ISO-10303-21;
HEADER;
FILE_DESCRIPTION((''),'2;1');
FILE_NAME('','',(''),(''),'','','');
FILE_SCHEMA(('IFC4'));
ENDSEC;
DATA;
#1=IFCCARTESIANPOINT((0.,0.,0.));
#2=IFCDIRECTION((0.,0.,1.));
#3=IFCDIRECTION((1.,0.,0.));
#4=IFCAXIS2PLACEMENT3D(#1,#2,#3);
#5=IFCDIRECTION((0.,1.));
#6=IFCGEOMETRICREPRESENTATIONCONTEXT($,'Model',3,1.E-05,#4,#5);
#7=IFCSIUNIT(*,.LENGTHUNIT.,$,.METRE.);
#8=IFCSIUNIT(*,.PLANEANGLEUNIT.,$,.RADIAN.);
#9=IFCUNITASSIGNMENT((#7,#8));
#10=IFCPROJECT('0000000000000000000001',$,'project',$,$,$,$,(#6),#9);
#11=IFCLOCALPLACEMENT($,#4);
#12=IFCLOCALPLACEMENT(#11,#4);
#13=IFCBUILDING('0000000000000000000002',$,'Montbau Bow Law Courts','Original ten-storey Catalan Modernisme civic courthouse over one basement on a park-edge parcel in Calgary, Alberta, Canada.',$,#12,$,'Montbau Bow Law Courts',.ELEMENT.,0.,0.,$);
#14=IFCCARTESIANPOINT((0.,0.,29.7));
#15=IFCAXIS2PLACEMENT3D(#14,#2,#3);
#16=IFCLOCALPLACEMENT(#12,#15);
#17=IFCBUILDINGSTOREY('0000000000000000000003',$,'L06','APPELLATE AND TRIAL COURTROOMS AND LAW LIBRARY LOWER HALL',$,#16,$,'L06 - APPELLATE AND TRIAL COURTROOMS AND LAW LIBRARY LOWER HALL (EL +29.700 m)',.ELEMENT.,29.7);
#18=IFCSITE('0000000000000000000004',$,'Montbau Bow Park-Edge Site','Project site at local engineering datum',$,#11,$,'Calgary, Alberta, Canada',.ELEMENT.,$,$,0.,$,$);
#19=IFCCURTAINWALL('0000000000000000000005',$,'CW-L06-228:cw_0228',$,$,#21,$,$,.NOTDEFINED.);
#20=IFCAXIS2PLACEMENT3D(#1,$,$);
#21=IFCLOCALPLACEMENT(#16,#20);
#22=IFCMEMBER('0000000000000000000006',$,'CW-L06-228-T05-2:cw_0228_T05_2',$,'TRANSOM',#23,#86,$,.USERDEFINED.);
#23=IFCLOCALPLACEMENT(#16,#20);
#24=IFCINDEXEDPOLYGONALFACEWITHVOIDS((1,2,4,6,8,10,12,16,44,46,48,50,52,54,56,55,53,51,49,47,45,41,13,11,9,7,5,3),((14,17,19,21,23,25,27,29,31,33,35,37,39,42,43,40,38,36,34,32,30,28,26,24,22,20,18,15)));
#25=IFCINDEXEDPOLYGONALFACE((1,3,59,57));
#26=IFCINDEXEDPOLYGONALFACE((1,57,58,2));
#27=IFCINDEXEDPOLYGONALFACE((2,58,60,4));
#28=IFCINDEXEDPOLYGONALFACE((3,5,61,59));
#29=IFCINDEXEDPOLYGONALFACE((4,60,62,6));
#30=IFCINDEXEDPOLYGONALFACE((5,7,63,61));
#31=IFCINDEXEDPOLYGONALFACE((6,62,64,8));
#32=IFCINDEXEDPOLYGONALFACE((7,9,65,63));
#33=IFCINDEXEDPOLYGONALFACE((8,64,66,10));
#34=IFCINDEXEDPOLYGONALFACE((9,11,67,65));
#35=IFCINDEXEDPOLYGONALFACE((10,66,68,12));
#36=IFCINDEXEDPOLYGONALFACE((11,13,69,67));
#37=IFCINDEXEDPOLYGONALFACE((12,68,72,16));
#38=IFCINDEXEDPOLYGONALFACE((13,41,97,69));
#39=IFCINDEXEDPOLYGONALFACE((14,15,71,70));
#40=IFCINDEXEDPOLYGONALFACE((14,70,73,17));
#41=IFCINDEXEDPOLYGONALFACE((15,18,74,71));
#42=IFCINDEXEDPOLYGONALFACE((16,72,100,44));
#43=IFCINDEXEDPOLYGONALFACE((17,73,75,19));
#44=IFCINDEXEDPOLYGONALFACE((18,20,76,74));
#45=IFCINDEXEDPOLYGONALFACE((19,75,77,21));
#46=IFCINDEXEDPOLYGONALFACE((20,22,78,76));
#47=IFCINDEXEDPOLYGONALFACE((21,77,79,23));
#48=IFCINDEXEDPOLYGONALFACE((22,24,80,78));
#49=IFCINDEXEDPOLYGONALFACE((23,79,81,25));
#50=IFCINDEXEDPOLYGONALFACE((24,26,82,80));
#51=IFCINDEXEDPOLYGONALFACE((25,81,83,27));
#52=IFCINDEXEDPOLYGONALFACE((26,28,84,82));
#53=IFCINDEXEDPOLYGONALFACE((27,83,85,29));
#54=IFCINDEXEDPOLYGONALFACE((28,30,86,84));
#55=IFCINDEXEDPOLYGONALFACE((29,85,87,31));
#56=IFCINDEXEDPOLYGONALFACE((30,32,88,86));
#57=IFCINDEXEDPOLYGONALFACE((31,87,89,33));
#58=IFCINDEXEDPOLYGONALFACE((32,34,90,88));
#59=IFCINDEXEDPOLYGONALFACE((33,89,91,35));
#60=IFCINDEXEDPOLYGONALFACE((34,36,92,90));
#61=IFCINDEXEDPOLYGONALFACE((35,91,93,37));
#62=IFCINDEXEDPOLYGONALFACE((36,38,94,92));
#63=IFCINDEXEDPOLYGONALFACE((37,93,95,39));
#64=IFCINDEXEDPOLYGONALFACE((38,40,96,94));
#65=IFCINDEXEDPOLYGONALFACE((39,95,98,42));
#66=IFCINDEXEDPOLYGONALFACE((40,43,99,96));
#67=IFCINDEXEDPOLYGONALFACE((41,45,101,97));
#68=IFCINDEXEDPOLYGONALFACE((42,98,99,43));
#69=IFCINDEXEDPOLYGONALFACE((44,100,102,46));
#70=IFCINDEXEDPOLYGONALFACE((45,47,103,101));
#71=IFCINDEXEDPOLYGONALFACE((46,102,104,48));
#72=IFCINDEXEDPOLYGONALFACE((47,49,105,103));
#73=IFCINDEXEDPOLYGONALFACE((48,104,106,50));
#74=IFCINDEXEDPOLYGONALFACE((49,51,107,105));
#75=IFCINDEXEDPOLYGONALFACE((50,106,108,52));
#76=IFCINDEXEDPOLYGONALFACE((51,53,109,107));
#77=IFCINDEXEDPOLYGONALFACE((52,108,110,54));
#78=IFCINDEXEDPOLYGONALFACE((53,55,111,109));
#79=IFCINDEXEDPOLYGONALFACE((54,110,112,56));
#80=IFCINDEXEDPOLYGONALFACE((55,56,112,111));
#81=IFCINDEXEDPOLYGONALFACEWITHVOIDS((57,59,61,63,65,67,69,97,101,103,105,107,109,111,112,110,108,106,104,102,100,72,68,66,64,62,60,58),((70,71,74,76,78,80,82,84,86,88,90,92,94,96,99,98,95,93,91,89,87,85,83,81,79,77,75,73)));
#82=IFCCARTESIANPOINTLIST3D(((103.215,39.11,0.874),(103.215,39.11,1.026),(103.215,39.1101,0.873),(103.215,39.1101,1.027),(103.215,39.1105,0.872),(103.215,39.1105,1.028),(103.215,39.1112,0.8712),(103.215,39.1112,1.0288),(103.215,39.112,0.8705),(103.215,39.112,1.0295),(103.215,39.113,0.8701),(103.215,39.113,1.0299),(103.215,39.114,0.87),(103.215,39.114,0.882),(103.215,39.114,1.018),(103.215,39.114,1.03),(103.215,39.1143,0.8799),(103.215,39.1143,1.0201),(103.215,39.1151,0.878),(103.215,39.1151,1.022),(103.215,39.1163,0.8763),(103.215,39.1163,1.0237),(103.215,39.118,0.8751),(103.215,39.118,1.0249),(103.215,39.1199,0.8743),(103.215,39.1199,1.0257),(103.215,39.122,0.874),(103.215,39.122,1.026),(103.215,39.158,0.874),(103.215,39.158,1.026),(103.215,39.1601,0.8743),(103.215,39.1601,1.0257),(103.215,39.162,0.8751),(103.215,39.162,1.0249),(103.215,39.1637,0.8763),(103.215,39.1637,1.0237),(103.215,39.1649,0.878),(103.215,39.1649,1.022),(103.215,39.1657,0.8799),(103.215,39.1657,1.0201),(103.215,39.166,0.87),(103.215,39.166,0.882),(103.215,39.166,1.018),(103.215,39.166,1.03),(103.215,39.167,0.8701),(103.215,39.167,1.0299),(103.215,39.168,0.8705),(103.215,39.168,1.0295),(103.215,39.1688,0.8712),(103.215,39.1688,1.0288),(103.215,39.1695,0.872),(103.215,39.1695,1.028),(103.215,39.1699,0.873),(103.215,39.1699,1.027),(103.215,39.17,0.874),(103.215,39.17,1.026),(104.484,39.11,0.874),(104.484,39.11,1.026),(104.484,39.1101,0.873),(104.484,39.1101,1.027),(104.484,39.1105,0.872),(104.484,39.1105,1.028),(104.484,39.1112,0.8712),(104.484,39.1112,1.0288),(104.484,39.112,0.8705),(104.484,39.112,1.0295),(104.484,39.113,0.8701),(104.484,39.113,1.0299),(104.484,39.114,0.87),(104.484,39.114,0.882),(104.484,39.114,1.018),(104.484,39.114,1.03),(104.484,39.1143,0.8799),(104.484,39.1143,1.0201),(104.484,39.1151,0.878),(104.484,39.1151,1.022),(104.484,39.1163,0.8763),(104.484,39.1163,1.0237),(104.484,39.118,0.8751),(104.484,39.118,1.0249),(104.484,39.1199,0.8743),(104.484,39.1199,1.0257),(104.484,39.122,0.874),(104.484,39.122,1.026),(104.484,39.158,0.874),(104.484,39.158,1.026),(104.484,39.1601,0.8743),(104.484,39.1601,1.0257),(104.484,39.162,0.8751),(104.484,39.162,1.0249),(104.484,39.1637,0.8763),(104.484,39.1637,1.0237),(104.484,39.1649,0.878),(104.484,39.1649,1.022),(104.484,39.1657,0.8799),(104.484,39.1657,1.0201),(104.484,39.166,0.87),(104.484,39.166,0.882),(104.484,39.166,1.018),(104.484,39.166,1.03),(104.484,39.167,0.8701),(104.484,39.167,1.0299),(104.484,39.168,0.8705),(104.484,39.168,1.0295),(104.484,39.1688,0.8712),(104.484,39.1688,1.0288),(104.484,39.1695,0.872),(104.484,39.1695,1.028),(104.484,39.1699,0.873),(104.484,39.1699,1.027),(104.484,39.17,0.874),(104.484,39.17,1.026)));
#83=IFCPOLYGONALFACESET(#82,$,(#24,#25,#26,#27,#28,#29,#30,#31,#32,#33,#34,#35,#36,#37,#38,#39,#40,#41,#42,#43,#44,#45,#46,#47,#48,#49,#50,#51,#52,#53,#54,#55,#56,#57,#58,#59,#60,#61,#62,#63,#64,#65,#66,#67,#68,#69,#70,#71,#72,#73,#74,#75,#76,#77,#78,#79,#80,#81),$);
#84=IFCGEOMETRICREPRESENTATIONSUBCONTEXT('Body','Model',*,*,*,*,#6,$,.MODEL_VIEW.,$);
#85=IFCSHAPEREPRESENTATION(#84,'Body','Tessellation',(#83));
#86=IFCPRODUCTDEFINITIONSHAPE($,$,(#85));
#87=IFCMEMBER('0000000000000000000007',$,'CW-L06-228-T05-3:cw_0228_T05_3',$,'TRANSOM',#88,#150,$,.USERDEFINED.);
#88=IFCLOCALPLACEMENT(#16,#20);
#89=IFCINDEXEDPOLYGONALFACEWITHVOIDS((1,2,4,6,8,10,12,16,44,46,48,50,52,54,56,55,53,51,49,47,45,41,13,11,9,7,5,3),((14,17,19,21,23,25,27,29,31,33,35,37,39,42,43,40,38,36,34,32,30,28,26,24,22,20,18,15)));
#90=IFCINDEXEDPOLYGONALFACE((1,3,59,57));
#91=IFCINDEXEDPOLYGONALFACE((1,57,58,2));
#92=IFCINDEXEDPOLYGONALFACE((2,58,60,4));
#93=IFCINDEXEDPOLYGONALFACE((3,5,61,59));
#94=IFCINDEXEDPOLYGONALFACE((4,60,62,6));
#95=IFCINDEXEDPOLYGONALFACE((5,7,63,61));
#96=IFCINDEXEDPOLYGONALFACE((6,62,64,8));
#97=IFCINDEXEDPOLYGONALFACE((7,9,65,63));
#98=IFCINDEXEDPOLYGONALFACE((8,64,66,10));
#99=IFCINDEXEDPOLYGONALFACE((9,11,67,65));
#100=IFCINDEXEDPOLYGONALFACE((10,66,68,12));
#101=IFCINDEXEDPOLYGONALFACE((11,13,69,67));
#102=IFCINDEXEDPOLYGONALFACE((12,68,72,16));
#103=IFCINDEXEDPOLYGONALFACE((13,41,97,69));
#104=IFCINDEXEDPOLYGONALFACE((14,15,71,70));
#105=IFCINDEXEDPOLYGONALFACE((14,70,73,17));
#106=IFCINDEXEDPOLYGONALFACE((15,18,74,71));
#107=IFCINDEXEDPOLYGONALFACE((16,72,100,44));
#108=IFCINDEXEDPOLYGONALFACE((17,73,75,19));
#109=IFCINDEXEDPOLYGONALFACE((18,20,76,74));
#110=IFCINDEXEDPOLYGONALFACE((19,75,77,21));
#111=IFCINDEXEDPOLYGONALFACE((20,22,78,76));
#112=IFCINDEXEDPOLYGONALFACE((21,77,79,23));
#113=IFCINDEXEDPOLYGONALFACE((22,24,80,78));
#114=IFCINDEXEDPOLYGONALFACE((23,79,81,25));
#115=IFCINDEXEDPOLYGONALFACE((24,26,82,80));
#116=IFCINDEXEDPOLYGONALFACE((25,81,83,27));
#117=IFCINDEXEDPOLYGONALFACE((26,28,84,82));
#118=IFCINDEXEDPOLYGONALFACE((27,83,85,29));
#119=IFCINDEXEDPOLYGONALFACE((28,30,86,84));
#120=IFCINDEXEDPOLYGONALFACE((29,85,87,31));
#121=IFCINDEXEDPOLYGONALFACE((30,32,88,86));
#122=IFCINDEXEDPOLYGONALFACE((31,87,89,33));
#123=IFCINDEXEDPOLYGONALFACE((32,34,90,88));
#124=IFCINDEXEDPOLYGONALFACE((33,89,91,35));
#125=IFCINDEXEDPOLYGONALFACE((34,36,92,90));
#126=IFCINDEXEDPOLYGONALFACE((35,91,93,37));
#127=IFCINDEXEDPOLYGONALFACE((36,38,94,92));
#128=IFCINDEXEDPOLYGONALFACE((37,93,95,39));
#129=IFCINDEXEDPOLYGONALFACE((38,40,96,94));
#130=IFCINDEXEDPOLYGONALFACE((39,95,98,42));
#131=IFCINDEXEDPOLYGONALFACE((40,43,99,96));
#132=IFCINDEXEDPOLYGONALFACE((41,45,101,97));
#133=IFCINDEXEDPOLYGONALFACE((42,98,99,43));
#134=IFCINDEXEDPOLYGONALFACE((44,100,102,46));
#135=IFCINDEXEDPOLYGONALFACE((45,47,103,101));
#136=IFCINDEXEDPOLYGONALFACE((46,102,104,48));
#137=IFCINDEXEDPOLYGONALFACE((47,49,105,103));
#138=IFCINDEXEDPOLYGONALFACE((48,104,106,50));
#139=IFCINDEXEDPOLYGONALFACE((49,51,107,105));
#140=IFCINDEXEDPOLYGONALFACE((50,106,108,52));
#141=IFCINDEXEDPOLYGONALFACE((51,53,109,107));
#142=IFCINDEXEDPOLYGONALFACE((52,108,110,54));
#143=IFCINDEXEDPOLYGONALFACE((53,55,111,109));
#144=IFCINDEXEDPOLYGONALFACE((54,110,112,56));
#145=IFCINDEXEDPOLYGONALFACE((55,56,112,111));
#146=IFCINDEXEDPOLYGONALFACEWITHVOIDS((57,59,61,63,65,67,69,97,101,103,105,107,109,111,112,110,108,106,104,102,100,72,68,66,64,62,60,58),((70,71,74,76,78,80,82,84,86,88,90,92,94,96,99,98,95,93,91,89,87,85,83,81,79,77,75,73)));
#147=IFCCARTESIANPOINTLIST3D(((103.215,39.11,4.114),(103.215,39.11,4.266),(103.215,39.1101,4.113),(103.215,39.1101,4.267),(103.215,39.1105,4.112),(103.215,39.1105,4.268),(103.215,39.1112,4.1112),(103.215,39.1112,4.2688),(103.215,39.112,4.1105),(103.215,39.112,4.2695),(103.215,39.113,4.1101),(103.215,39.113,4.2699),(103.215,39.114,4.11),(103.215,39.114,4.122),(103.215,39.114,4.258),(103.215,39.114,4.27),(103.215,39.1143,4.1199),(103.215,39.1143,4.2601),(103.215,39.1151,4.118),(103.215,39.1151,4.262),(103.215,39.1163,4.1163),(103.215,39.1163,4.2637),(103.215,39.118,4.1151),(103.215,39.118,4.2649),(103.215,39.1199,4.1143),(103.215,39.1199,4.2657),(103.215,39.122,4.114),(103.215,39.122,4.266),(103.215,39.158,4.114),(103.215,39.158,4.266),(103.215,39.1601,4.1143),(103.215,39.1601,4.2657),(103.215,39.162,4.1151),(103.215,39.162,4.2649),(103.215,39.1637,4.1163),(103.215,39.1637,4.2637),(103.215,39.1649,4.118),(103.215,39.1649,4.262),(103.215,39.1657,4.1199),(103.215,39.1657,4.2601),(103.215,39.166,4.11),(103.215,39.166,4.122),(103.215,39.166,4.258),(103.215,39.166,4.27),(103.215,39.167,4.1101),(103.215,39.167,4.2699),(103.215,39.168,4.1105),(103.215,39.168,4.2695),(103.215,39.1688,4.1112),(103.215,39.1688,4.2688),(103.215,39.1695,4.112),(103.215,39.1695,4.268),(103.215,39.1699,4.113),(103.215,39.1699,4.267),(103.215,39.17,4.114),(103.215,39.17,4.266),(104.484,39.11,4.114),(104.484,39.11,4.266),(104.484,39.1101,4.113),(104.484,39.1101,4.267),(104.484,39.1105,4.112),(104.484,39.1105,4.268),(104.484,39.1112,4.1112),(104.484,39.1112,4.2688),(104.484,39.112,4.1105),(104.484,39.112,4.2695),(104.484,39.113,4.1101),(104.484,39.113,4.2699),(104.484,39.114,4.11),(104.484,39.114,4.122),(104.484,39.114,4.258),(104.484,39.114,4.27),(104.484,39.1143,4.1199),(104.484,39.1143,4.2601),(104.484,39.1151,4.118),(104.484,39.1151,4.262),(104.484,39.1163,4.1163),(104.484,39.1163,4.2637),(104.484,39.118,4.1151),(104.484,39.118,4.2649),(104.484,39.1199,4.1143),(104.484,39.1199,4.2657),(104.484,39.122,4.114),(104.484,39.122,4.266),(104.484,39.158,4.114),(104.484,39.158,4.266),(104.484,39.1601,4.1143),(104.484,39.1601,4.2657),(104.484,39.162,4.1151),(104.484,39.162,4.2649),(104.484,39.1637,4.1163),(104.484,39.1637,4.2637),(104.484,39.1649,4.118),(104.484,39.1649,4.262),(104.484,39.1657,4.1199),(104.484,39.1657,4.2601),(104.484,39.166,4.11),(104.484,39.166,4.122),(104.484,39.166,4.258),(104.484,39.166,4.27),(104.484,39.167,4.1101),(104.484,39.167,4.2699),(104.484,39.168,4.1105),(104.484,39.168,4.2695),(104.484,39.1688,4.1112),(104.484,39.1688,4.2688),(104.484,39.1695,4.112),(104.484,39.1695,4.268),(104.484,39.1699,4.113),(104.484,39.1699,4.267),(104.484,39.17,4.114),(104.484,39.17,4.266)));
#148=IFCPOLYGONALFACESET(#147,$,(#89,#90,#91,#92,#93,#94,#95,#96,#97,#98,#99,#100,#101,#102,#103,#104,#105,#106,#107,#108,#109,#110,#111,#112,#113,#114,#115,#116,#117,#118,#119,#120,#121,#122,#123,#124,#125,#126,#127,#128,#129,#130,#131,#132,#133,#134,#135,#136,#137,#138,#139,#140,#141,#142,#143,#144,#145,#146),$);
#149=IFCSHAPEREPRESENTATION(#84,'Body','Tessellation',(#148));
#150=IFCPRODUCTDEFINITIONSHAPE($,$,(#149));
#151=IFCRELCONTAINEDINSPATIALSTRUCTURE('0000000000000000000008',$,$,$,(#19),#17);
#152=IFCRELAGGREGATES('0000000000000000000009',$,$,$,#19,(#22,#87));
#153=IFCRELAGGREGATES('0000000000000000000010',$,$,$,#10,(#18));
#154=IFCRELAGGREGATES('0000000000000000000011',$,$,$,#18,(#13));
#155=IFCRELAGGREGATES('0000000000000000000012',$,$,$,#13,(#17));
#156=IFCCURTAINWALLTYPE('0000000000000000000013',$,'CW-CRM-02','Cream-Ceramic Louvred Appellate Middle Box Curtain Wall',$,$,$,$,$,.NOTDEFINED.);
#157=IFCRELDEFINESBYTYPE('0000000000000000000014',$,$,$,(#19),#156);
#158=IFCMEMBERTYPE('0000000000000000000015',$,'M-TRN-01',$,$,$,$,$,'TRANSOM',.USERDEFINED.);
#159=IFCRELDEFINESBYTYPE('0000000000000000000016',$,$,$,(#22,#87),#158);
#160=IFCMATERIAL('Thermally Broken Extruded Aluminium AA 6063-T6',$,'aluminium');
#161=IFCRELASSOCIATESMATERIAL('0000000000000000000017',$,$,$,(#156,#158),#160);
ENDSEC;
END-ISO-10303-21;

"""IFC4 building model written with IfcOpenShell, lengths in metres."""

from ifc_helpers import new_model, si_unit, direction, frame, origin_with_axes, origin_2d_with_axis, place, context, subcontext, project, spatial, hollow_rectangle, extrude, material, material_profile, profile_set, type_object, element, aggregate, save


model = new_model("IFC4")

# Units and contexts
model_context = context("Model", 3, precision=1e-05, world=origin_with_axes(), true_north=direction((0.0, 1.0)))
body_context = subcontext(model_context, "Body", "Model", "MODEL_VIEW")
ifc_project = project(units=[si_unit("LENGTHUNIT", "METRE"), si_unit("PLANEANGLEUNIT", "RADIAN")], contexts=[model_context])

# Site, building, storey
site_placement = place(None, origin_with_axes())
site = spatial("IfcSite", under=ifc_project, at=site_placement, Name="Montbau Bow Park-Edge Site", Description="Project site at local engineering datum", LongName="Calgary, Alberta, Canada", CompositionType="ELEMENT", RefElevation=0.0)
building_placement = place(site_placement, origin_with_axes())
building = spatial("IfcBuilding", under=site, at=building_placement, Name="Montbau Bow Law Courts", Description="Original ten-storey Catalan Modernisme civic courthouse over one basement on a park-edge parcel in Calgary, Alberta, Canada.", LongName="Montbau Bow Law Courts", CompositionType="ELEMENT", ElevationOfRefHeight=0.0, ElevationOfTerrain=0.0)
storey_placement = place(building_placement, frame((0.0, 0.0, 29.7), z_axis=(0.0, 0.0, 1.0), x_axis=(1.0, 0.0, 0.0)))
storey = spatial("IfcBuildingStorey", under=building, at=storey_placement, Name="L06", Description="APPELLATE AND TRIAL COURTROOMS AND LAW LIBRARY LOWER HALL", LongName="L06 - APPELLATE AND TRIAL COURTROOMS AND LAW LIBRARY LOWER HALL (EL +29.700 m)", CompositionType="ELEMENT", Elevation=29.7)

# Curtain wall, members
ifc_material_1 = material(Name="Thermally Broken Extruded Aluminium AA 6063-T6", Category="aluminium")
curtain_wall_type = type_object("IfcCurtainWallType", Name="CW-CRM-02", Description="Cream-Ceramic Louvred Appellate Middle Box Curtain Wall", PredefinedType="NOTDEFINED", material=ifc_material_1)
curtain_wall_1_placement = place(None, frame((97.64, 39.14, 29.7), z_axis=(0.0, 0.0, 1.0), x_axis=(1.0, 0.0, 0.0)))
curtain_wall_1 = element("IfcCurtainWall", 1, at=curtain_wall_1_placement, inside=storey, type_object=curtain_wall_type, Name="CW-L06-228:cw_0228", PredefinedType="NOTDEFINED")
ifc_material_profile = material_profile(ifc_material_1, hollow_rectangle(XDim=0.06, YDim=0.16, WallThickness=0.004, InnerFilletRadius=0.008, OuterFilletRadius=0.004, at=origin_2d_with_axis()), Name="CWT-160X60", Category="Main", Priority=0)
ifc_profile_set = profile_set([ifc_material_profile], Name="Thermally Broken Extruded Aluminium AA 6063-T6")
member_type = type_object("IfcMemberType", Name="M-TRN-01", ElementType="TRANSOM", PredefinedType="USERDEFINED", material=ifc_profile_set)
member_1_placement = place(None, frame((103.215, 39.14, 30.65), z_axis=(1.0, 0.0, 0.0), x_axis=(0.0, 1.0, 0.0)))
member_1 = element("IfcMember", 2, at=member_1_placement, type_object=member_type, Name="CW-L06-228-T05-2:cw_0228_T05_2", ObjectType="TRANSOM", PredefinedType="USERDEFINED", context=body_context, shape_type="SweptSolid", body=[
    extrude(hollow_rectangle(XDim=0.06, YDim=0.16, WallThickness=0.004, InnerFilletRadius=0.008, OuterFilletRadius=0.004, at=origin_2d_with_axis()), origin_with_axes(), (0.0, 0.0, 1.0), 1.269),
])
member_2_placement = place(None, frame((103.215, 39.14, 33.89), z_axis=(1.0, 0.0, 0.0), x_axis=(0.0, 1.0, 0.0)))
member_2 = element("IfcMember", 3, at=member_2_placement, type_object=member_type, Name="CW-L06-228-T05-3:cw_0228_T05_3", ObjectType="TRANSOM", PredefinedType="USERDEFINED", context=body_context, shape_type="SweptSolid", body=[
    extrude(hollow_rectangle(XDim=0.06, YDim=0.16, WallThickness=0.004, InnerFilletRadius=0.008, OuterFilletRadius=0.004, at=origin_2d_with_axis()), origin_with_axes(), (0.0, 0.0, 1.0), 1.269),
])
aggregate(curtain_wall_1, [member_1, member_2])

save(model, "model.ifc")
